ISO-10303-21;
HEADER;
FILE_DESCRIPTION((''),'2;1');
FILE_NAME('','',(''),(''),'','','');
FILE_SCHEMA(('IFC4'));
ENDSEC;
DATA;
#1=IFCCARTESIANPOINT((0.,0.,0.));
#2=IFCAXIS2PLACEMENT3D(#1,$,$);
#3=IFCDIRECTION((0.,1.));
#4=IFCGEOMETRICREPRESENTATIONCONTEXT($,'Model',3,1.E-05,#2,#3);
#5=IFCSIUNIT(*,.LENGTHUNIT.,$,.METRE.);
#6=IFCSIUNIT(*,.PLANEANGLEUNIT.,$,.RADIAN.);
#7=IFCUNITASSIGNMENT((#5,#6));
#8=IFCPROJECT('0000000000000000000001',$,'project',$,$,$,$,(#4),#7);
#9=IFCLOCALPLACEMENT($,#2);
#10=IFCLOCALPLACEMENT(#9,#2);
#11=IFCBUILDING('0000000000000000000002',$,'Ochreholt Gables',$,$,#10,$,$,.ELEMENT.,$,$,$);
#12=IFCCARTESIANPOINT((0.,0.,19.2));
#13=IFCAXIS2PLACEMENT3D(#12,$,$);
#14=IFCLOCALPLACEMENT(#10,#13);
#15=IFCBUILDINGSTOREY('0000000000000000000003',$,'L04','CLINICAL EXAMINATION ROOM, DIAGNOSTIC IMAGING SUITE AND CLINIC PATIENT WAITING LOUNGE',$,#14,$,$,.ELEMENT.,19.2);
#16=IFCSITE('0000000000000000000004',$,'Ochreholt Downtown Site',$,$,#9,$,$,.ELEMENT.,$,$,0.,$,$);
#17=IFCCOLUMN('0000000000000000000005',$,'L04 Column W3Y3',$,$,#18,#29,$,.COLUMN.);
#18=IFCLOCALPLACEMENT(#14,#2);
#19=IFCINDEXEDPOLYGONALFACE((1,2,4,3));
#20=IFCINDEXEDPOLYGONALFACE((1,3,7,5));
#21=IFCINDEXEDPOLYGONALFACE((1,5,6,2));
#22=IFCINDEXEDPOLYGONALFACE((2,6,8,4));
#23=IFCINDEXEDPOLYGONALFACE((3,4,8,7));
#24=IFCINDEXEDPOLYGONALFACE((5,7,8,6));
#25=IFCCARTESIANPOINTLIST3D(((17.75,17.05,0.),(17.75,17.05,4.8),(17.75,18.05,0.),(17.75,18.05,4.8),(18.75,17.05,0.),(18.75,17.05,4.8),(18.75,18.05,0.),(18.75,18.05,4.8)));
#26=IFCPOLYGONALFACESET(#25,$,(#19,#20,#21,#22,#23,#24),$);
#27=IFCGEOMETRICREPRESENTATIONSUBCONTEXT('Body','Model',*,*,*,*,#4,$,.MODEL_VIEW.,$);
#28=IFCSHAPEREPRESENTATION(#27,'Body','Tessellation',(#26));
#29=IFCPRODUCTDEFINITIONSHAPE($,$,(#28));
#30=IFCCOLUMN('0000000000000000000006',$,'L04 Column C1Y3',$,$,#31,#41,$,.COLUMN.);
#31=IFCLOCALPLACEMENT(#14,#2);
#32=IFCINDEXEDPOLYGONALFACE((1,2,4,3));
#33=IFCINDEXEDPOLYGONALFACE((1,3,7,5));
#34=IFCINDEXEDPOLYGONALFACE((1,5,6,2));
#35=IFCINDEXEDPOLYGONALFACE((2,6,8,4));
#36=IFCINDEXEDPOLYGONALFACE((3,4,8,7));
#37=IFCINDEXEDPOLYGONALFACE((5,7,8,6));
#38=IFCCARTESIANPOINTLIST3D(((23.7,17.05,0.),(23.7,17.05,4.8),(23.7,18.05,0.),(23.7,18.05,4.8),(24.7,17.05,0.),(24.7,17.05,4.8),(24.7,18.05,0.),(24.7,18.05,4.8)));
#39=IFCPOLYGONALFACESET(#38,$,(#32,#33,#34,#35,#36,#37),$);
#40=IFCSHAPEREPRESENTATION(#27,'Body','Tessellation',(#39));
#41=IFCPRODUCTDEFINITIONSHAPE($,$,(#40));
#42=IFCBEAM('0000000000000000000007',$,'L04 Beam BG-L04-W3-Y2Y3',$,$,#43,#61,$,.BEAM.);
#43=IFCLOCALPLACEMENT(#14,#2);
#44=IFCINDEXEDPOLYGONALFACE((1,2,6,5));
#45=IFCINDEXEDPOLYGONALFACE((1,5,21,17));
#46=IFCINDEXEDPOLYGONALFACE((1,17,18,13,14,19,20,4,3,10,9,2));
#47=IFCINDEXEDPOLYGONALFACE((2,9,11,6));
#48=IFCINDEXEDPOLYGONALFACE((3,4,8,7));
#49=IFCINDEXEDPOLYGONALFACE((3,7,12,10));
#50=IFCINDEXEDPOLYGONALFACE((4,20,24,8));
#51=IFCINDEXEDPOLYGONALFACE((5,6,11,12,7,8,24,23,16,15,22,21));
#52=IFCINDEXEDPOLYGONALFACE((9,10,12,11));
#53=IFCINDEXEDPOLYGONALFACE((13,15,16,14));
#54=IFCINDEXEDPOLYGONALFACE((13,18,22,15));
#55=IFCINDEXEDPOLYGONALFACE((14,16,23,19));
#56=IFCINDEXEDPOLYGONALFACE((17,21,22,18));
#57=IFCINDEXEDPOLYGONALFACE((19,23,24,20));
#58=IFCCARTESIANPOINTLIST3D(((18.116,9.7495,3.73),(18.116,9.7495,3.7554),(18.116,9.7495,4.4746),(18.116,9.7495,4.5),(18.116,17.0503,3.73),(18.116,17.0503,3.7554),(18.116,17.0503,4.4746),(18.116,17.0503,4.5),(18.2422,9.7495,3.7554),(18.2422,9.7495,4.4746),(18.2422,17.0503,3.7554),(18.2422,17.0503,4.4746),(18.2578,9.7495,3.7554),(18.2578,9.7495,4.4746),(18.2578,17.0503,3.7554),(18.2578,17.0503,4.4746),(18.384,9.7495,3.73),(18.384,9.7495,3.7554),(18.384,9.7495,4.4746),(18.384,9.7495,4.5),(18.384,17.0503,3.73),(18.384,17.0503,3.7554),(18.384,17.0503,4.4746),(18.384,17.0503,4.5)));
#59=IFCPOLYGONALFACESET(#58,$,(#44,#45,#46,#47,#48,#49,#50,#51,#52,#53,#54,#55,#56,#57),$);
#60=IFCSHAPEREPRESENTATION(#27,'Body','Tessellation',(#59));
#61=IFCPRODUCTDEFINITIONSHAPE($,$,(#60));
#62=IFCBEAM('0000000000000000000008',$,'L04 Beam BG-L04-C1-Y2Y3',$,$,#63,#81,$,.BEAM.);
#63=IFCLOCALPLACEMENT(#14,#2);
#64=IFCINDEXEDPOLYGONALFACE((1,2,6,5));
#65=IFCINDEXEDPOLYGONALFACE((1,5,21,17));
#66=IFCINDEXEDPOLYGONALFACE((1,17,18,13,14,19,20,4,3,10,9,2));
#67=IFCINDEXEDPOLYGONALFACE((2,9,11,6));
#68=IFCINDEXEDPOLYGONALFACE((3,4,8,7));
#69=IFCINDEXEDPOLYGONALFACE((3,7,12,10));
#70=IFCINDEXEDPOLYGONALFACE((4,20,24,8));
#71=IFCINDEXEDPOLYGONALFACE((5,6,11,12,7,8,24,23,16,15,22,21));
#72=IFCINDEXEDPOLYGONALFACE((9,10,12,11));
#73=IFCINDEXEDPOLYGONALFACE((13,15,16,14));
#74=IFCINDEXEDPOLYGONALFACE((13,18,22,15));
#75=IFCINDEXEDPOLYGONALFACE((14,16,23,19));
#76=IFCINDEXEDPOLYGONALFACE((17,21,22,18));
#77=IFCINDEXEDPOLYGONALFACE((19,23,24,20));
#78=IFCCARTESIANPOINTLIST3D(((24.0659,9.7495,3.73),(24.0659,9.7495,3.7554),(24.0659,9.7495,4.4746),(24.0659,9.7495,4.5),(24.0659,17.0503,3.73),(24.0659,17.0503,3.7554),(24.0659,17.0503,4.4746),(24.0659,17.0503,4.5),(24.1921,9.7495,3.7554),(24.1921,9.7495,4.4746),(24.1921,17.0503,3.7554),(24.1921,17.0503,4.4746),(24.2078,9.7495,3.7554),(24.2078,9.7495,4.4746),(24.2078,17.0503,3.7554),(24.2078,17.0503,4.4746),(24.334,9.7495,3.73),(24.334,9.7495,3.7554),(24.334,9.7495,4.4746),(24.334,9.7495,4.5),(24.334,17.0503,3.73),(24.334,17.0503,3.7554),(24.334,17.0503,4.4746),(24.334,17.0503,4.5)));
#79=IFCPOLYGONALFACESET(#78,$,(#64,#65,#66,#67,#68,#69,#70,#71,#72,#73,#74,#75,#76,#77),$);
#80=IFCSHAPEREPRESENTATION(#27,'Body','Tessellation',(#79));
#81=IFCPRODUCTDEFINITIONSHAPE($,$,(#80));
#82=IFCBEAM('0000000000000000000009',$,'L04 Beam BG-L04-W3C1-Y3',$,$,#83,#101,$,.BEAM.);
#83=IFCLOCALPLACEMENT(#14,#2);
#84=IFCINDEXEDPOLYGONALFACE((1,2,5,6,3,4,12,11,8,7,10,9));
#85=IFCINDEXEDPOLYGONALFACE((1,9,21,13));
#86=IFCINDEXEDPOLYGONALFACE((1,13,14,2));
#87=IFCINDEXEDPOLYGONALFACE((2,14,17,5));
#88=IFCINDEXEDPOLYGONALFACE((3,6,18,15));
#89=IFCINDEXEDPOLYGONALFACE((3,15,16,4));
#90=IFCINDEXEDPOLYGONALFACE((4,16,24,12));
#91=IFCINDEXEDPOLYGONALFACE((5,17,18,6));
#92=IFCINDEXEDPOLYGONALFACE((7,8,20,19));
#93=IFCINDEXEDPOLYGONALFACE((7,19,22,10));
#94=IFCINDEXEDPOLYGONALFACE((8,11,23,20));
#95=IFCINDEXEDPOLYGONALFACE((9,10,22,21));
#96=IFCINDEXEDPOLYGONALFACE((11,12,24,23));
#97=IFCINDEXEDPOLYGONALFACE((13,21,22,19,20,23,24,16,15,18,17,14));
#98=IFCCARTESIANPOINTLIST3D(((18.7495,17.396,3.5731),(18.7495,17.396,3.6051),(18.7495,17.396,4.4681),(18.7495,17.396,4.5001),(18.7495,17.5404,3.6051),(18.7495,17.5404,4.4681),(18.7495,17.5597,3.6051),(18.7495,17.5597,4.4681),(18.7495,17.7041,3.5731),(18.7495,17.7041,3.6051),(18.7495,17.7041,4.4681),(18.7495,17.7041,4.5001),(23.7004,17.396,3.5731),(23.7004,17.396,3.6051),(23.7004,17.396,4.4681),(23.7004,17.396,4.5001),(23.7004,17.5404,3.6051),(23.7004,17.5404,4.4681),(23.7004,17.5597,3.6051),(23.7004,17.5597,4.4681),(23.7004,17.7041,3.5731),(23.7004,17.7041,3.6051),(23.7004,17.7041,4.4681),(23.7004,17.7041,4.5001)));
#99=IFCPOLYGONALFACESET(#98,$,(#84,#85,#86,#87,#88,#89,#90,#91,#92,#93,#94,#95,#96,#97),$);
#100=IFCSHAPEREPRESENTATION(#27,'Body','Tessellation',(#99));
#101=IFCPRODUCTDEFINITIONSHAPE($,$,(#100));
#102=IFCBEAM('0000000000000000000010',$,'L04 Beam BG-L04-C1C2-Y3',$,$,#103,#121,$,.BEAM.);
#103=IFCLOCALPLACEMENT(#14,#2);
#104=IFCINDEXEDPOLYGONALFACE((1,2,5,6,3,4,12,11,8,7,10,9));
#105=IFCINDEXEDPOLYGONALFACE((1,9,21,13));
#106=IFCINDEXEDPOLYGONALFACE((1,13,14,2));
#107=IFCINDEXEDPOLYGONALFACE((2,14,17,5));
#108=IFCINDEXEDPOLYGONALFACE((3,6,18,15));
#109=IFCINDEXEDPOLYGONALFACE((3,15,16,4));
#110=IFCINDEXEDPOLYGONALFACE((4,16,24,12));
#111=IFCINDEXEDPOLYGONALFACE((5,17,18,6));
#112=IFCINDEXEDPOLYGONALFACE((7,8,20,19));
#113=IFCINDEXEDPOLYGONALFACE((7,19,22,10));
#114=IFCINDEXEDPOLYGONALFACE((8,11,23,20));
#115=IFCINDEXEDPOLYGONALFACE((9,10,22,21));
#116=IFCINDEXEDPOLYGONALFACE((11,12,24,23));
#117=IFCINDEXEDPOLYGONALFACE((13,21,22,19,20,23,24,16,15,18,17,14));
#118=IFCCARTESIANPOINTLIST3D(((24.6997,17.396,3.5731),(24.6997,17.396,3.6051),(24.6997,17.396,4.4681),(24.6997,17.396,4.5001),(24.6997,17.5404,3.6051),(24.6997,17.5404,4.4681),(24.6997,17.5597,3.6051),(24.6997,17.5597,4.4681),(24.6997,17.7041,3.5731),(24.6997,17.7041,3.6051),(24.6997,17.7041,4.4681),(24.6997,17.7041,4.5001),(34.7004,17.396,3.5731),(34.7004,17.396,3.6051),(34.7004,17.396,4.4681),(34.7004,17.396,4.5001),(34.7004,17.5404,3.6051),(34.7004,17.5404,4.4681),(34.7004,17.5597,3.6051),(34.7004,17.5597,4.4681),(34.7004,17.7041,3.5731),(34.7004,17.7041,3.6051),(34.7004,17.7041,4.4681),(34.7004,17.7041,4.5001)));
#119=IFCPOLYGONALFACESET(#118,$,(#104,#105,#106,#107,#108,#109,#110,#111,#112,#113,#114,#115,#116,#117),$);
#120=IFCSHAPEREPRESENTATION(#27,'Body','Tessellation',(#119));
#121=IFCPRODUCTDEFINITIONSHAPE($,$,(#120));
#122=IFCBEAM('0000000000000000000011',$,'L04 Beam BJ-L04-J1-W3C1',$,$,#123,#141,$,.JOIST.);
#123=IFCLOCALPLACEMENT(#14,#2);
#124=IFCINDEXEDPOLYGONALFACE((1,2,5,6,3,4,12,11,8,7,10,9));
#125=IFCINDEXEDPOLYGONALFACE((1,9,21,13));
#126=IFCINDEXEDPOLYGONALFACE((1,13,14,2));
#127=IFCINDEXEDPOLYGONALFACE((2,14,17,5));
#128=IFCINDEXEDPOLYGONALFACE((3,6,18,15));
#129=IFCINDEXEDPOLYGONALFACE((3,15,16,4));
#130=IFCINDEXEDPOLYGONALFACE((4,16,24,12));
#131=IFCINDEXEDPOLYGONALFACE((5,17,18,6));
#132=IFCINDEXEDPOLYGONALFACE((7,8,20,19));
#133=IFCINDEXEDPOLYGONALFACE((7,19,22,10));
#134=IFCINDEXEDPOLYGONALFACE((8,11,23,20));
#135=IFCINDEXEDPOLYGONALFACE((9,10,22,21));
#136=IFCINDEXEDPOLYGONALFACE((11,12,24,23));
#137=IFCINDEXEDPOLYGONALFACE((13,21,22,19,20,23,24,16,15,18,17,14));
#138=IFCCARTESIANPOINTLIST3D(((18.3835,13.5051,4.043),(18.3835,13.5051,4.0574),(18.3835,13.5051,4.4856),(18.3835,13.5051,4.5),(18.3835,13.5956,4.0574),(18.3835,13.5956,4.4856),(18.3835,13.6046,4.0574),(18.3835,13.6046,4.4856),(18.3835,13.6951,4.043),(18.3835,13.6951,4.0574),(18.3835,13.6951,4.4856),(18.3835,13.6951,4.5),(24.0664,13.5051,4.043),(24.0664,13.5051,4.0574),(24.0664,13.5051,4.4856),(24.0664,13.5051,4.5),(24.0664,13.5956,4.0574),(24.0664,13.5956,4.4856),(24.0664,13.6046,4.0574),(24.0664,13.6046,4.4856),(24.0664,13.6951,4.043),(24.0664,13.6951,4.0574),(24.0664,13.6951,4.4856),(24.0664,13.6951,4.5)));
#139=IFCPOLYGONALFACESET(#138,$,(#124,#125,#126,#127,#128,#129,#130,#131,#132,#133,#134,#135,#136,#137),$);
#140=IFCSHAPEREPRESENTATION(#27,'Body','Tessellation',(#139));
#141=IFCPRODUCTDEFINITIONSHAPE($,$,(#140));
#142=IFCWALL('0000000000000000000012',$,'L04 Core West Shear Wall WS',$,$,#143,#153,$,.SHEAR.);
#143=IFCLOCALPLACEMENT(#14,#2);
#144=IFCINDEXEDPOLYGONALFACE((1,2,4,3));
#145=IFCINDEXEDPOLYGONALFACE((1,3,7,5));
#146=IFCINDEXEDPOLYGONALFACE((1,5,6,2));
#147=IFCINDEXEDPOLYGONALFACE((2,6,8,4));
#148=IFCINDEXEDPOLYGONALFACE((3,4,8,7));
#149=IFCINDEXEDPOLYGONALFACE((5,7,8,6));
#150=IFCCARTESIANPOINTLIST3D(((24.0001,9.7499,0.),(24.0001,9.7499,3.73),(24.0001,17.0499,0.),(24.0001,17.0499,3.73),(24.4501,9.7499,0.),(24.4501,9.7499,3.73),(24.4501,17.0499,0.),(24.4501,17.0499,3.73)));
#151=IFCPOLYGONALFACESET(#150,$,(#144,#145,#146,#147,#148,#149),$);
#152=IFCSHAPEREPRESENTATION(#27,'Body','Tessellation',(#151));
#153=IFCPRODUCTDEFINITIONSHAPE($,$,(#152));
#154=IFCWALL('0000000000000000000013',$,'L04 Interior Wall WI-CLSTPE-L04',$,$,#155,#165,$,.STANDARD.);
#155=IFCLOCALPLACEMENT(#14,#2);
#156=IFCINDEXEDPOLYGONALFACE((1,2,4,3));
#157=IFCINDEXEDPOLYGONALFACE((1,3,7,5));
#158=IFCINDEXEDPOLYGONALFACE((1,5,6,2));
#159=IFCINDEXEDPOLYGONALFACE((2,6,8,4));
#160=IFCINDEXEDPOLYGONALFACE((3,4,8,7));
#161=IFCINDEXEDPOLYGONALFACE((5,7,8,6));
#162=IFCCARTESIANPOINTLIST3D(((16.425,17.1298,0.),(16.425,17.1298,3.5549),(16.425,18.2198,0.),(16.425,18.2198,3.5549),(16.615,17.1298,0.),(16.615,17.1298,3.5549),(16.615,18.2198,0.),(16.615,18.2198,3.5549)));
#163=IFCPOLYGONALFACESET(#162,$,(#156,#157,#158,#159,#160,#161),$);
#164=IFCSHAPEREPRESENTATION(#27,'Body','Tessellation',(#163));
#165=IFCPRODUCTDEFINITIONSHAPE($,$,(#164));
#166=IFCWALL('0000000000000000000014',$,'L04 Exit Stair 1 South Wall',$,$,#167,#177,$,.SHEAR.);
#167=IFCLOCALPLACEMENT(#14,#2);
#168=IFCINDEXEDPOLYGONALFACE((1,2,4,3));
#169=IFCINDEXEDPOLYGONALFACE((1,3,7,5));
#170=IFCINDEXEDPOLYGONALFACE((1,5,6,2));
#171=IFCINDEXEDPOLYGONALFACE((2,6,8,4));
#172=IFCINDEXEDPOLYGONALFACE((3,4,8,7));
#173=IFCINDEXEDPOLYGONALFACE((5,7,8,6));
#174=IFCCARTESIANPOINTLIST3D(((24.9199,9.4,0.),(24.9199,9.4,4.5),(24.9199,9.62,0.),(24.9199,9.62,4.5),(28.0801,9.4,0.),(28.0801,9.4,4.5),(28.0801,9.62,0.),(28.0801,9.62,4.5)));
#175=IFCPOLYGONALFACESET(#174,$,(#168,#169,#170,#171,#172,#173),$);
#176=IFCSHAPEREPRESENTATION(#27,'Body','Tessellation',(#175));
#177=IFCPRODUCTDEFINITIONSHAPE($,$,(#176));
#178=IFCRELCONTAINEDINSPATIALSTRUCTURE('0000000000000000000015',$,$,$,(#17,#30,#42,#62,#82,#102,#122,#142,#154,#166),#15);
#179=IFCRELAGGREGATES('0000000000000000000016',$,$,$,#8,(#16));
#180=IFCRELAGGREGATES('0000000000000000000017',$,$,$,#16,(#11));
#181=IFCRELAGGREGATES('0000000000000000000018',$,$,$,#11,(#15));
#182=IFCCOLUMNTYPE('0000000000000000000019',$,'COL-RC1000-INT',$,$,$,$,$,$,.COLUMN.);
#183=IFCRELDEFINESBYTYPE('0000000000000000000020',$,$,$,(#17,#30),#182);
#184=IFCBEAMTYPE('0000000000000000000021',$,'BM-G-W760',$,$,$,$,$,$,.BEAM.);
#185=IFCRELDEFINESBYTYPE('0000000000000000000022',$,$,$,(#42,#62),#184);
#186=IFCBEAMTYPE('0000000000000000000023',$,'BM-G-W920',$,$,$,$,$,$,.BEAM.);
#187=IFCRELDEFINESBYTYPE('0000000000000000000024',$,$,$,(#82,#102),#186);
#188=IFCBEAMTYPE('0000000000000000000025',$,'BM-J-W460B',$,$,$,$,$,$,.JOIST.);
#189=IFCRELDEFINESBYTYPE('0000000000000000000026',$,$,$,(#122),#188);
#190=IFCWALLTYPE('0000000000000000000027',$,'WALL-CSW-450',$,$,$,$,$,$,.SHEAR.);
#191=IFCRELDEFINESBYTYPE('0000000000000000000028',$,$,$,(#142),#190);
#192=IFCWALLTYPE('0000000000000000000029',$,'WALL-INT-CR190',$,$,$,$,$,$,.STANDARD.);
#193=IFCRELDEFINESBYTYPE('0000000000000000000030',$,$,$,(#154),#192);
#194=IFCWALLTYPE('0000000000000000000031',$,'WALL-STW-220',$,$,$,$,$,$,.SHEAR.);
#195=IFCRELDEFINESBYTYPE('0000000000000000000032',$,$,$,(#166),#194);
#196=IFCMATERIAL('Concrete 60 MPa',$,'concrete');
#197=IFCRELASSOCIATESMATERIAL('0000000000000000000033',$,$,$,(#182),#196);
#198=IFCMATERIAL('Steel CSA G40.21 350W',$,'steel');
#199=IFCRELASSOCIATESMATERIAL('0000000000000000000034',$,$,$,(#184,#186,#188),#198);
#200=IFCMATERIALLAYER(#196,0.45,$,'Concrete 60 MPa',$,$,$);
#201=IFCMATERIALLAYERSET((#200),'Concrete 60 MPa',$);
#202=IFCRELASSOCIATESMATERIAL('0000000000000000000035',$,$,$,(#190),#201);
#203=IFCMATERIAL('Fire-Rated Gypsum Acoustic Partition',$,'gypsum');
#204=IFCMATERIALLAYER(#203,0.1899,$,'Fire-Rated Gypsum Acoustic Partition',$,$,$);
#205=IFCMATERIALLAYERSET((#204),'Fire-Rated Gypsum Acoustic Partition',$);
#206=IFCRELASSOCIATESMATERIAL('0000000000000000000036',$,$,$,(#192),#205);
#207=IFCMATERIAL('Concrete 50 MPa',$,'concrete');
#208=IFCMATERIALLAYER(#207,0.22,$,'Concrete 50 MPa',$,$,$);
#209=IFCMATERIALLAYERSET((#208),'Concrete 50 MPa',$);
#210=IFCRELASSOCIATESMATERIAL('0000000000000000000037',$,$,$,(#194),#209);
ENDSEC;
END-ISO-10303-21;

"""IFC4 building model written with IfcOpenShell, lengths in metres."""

from ifc_helpers import new_model, si_unit, direction, frame, frame_2d, origin, origin_2d, place, context, subcontext, project, spatial, rectangle, i_section, extrude, material, layer, layer_set, material_profile, profile_set, type_object, element, save


model = new_model("IFC4")

# Units and contexts
model_context = context("Model", 3, precision=1e-05, world=origin(), true_north=direction((0.0, 1.0)))
body_context = subcontext(model_context, "Body", "Model", "MODEL_VIEW")
ifc_project = project(units=[si_unit("LENGTHUNIT", "METRE"), si_unit("PLANEANGLEUNIT", "RADIAN")], contexts=[model_context])

# Site, building, storey
site_placement = place(None, origin())
site = spatial("IfcSite", under=ifc_project, at=site_placement, Name="Ochreholt Downtown Site", CompositionType="ELEMENT", RefElevation=0.0)
building_placement = place(site_placement, origin())
building = spatial("IfcBuilding", under=site, at=building_placement, Name="Ochreholt Gables", CompositionType="ELEMENT")
storey_placement = place(building_placement, frame((0.0, 0.0, 19.2)))
storey = spatial("IfcBuildingStorey", under=building, at=storey_placement, Name="L04", Description="CLINICAL EXAMINATION ROOM, DIAGNOSTIC IMAGING SUITE AND CLINIC PATIENT WAITING LOUNGE", CompositionType="ELEMENT", Elevation=19.2)

# Columns
ifc_material_1 = material(Name="Concrete 60 MPa", Category="concrete")
ifc_material_profile_1 = material_profile(ifc_material_1, rectangle(XDim=1.0, YDim=1.0, at=origin_2d()), Name="RC1000X1000")
ifc_profile_set_1 = profile_set([ifc_material_profile_1], Name="Concrete 60 MPa")
column_type = type_object("IfcColumnType", Name="COL-RC1000-INT", PredefinedType="COLUMN", material=ifc_profile_set_1)
for number, where, z_axis, x_axis, name in (
    (1, (18.25, 17.55, 0.0), (0.0, 0.0, 1.0), (1.0, 0.0, 0.0), "L04 Column W3Y3"),
    (2, (24.2, 17.55, 0.0), (0.0, 0.0, 1.0), (1.0, 0.0, 0.0), "L04 Column C1Y3"),
):
    element("IfcColumn", number, at=place(storey_placement, frame(where, z_axis=z_axis, x_axis=x_axis)), inside=storey, type_object=column_type, Name=name, PredefinedType="COLUMN", context=body_context, shape_type="SweptSolid", body=[
        extrude(rectangle(XDim=1.0, YDim=1.0, at=origin_2d()), origin(), (0.0, 0.0, 1.0), 4.8),
    ])

# Beams
ifc_material_2 = material(Name="Steel CSA G40.21 350W", Category="steel")
ifc_material_profile_2 = material_profile(ifc_material_2, i_section(OverallWidth=0.2681, OverallDepth=0.77, WebThickness=0.0156, FlangeThickness=0.0254, at=origin_2d()), Name="W760X196")
ifc_profile_set_2 = profile_set([ifc_material_profile_2], Name="Steel CSA G40.21 350W")
beam_type_1 = type_object("IfcBeamType", Name="BM-G-W760", PredefinedType="BEAM", material=ifc_profile_set_2)
for number, where, z_axis, x_axis, name in (
    (3, (18.25, 9.7495, 4.115), (0.0, 1.0, 0.0), (-1.0, 0.0, 0.0), "L04 Beam BG-L04-W3-Y2Y3"),
    (4, (24.2, 9.7495, 4.115), (0.0, 1.0, 0.0), (-1.0, 0.0, 0.0), "L04 Beam BG-L04-C1-Y2Y3"),
):
    element("IfcBeam", number, at=place(storey_placement, frame(where, z_axis=z_axis, x_axis=x_axis)), inside=storey, type_object=beam_type_1, Name=name, PredefinedType="BEAM", context=body_context, shape_type="SweptSolid", body=[
        extrude(i_section(OverallWidth=0.2681, OverallDepth=0.77, WebThickness=0.0156, FlangeThickness=0.0254, at=origin_2d()), origin(), (0.0, 0.0, 1.0), 7.3008),
    ])
ifc_material_profile_3 = material_profile(ifc_material_2, i_section(OverallWidth=0.3081, OverallDepth=0.927, WebThickness=0.0193, FlangeThickness=0.032, at=origin_2d()), Name="W920X289")
ifc_profile_set_3 = profile_set([ifc_material_profile_3], Name="Steel CSA G40.21 350W")
beam_type_2 = type_object("IfcBeamType", Name="BM-G-W920", PredefinedType="BEAM", material=ifc_profile_set_3)
beam_1_placement = place(storey_placement, frame((18.7495, 17.55, 4.0366), z_axis=(1.0, 0.0, 0.0), x_axis=(0.0, 1.0, 0.0)))
element("IfcBeam", 5, at=beam_1_placement, inside=storey, type_object=beam_type_2, Name="L04 Beam BG-L04-W3C1-Y3", PredefinedType="BEAM", context=body_context, shape_type="SweptSolid", body=[
    extrude(i_section(OverallWidth=0.3081, OverallDepth=0.927, WebThickness=0.0193, FlangeThickness=0.032, at=origin_2d()), origin(), (0.0, 0.0, 1.0), 4.9509),
])
beam_2_placement = place(storey_placement, frame((24.6997, 17.55, 4.0366), z_axis=(1.0, 0.0, 0.0), x_axis=(0.0, 1.0, 0.0)))
element("IfcBeam", 6, at=beam_2_placement, inside=storey, type_object=beam_type_2, Name="L04 Beam BG-L04-C1C2-Y3", PredefinedType="BEAM", context=body_context, shape_type="SweptSolid", body=[
    extrude(i_section(OverallWidth=0.3081, OverallDepth=0.927, WebThickness=0.0193, FlangeThickness=0.032, at=origin_2d()), origin(), (0.0, 0.0, 1.0), 10.0007),
])
ifc_material_profile_4 = material_profile(ifc_material_2, i_section(OverallWidth=0.1899, OverallDepth=0.457, WebThickness=0.009, FlangeThickness=0.0144, at=origin_2d()), Name="W460X74")
ifc_profile_set_4 = profile_set([ifc_material_profile_4], Name="Steel CSA G40.21 350W")
beam_type_3 = type_object("IfcBeamType", Name="BM-J-W460B", PredefinedType="JOIST", material=ifc_profile_set_4)
beam_3_placement = place(storey_placement, frame((18.3835, 13.6001, 4.2715), z_axis=(1.0, 0.0, 0.0), x_axis=(0.0, 1.0, 0.0)))
element("IfcBeam", 7, at=beam_3_placement, inside=storey, type_object=beam_type_3, Name="L04 Beam BJ-L04-J1-W3C1", PredefinedType="JOIST", context=body_context, shape_type="SweptSolid", body=[
    extrude(i_section(OverallWidth=0.1899, OverallDepth=0.457, WebThickness=0.009, FlangeThickness=0.0144, at=origin_2d()), origin(), (0.0, 0.0, 1.0), 5.6829),
])

# Walls
ifc_layer_1 = layer(ifc_material_1, 0.45, Name="Concrete 60 MPa")
ifc_layer_set_1 = layer_set([ifc_layer_1], Name="Concrete 60 MPa")
wall_type_1 = type_object("IfcWallType", Name="WALL-CSW-450", PredefinedType="SHEAR", material=ifc_layer_set_1)
wall_1_placement = place(storey_placement, frame((24.2251, 9.75, 0.0), z_axis=(0.0, 0.0, 1.0), x_axis=(0.0, 1.0, 0.0)))
element("IfcWall", 8, at=wall_1_placement, inside=storey, type_object=wall_type_1, Name="L04 Core West Shear Wall WS", PredefinedType="SHEAR", context=body_context, shape_type="SweptSolid", body=[
    extrude(rectangle(XDim=7.3, YDim=0.45, at=frame_2d((3.6499, 0.0))), origin(), (0.0, 0.0, 1.0), 3.73),
])
ifc_material_3 = material(Name="Fire-Rated Gypsum Acoustic Partition", Category="gypsum")
ifc_layer_2 = layer(ifc_material_3, 0.1899, Name="Fire-Rated Gypsum Acoustic Partition")
ifc_layer_set_2 = layer_set([ifc_layer_2], Name="Fire-Rated Gypsum Acoustic Partition")
wall_type_2 = type_object("IfcWallType", Name="WALL-INT-CR190", PredefinedType="STANDARD", material=ifc_layer_set_2)
wall_2_placement = place(storey_placement, frame((16.52, 17.1299, 0.0), z_axis=(0.0, 0.0, 1.0), x_axis=(0.0, 1.0, 0.0)))
element("IfcWall", 9, at=wall_2_placement, inside=storey, type_object=wall_type_2, Name="L04 Interior Wall WI-CLSTPE-L04", PredefinedType="STANDARD", context=body_context, shape_type="SweptSolid", body=[
    extrude(rectangle(XDim=1.0901, YDim=0.1899, at=frame_2d((0.5449, 0.0))), origin(), (0.0, 0.0, 1.0), 3.5549),
])
ifc_material_4 = material(Name="Concrete 50 MPa", Category="concrete")
ifc_layer_3 = layer(ifc_material_4, 0.22, Name="Concrete 50 MPa")
ifc_layer_set_3 = layer_set([ifc_layer_3], Name="Concrete 50 MPa")
wall_type_3 = type_object("IfcWallType", Name="WALL-STW-220", PredefinedType="SHEAR", material=ifc_layer_set_3)
wall_3_placement = place(storey_placement, frame((24.9199, 9.51, 0.0), z_axis=(0.0, 0.0, 1.0), x_axis=(1.0, 0.0, 0.0)))
element("IfcWall", 10, at=wall_3_placement, inside=storey, type_object=wall_type_3, Name="L04 Exit Stair 1 South Wall", PredefinedType="SHEAR", context=body_context, shape_type="SweptSolid", body=[
    extrude(rectangle(XDim=3.1602, YDim=0.22, at=frame_2d((1.5801, 0.0))), origin(), (0.0, 0.0, 1.0), 4.5),
])

save(model, "model.ifc")
